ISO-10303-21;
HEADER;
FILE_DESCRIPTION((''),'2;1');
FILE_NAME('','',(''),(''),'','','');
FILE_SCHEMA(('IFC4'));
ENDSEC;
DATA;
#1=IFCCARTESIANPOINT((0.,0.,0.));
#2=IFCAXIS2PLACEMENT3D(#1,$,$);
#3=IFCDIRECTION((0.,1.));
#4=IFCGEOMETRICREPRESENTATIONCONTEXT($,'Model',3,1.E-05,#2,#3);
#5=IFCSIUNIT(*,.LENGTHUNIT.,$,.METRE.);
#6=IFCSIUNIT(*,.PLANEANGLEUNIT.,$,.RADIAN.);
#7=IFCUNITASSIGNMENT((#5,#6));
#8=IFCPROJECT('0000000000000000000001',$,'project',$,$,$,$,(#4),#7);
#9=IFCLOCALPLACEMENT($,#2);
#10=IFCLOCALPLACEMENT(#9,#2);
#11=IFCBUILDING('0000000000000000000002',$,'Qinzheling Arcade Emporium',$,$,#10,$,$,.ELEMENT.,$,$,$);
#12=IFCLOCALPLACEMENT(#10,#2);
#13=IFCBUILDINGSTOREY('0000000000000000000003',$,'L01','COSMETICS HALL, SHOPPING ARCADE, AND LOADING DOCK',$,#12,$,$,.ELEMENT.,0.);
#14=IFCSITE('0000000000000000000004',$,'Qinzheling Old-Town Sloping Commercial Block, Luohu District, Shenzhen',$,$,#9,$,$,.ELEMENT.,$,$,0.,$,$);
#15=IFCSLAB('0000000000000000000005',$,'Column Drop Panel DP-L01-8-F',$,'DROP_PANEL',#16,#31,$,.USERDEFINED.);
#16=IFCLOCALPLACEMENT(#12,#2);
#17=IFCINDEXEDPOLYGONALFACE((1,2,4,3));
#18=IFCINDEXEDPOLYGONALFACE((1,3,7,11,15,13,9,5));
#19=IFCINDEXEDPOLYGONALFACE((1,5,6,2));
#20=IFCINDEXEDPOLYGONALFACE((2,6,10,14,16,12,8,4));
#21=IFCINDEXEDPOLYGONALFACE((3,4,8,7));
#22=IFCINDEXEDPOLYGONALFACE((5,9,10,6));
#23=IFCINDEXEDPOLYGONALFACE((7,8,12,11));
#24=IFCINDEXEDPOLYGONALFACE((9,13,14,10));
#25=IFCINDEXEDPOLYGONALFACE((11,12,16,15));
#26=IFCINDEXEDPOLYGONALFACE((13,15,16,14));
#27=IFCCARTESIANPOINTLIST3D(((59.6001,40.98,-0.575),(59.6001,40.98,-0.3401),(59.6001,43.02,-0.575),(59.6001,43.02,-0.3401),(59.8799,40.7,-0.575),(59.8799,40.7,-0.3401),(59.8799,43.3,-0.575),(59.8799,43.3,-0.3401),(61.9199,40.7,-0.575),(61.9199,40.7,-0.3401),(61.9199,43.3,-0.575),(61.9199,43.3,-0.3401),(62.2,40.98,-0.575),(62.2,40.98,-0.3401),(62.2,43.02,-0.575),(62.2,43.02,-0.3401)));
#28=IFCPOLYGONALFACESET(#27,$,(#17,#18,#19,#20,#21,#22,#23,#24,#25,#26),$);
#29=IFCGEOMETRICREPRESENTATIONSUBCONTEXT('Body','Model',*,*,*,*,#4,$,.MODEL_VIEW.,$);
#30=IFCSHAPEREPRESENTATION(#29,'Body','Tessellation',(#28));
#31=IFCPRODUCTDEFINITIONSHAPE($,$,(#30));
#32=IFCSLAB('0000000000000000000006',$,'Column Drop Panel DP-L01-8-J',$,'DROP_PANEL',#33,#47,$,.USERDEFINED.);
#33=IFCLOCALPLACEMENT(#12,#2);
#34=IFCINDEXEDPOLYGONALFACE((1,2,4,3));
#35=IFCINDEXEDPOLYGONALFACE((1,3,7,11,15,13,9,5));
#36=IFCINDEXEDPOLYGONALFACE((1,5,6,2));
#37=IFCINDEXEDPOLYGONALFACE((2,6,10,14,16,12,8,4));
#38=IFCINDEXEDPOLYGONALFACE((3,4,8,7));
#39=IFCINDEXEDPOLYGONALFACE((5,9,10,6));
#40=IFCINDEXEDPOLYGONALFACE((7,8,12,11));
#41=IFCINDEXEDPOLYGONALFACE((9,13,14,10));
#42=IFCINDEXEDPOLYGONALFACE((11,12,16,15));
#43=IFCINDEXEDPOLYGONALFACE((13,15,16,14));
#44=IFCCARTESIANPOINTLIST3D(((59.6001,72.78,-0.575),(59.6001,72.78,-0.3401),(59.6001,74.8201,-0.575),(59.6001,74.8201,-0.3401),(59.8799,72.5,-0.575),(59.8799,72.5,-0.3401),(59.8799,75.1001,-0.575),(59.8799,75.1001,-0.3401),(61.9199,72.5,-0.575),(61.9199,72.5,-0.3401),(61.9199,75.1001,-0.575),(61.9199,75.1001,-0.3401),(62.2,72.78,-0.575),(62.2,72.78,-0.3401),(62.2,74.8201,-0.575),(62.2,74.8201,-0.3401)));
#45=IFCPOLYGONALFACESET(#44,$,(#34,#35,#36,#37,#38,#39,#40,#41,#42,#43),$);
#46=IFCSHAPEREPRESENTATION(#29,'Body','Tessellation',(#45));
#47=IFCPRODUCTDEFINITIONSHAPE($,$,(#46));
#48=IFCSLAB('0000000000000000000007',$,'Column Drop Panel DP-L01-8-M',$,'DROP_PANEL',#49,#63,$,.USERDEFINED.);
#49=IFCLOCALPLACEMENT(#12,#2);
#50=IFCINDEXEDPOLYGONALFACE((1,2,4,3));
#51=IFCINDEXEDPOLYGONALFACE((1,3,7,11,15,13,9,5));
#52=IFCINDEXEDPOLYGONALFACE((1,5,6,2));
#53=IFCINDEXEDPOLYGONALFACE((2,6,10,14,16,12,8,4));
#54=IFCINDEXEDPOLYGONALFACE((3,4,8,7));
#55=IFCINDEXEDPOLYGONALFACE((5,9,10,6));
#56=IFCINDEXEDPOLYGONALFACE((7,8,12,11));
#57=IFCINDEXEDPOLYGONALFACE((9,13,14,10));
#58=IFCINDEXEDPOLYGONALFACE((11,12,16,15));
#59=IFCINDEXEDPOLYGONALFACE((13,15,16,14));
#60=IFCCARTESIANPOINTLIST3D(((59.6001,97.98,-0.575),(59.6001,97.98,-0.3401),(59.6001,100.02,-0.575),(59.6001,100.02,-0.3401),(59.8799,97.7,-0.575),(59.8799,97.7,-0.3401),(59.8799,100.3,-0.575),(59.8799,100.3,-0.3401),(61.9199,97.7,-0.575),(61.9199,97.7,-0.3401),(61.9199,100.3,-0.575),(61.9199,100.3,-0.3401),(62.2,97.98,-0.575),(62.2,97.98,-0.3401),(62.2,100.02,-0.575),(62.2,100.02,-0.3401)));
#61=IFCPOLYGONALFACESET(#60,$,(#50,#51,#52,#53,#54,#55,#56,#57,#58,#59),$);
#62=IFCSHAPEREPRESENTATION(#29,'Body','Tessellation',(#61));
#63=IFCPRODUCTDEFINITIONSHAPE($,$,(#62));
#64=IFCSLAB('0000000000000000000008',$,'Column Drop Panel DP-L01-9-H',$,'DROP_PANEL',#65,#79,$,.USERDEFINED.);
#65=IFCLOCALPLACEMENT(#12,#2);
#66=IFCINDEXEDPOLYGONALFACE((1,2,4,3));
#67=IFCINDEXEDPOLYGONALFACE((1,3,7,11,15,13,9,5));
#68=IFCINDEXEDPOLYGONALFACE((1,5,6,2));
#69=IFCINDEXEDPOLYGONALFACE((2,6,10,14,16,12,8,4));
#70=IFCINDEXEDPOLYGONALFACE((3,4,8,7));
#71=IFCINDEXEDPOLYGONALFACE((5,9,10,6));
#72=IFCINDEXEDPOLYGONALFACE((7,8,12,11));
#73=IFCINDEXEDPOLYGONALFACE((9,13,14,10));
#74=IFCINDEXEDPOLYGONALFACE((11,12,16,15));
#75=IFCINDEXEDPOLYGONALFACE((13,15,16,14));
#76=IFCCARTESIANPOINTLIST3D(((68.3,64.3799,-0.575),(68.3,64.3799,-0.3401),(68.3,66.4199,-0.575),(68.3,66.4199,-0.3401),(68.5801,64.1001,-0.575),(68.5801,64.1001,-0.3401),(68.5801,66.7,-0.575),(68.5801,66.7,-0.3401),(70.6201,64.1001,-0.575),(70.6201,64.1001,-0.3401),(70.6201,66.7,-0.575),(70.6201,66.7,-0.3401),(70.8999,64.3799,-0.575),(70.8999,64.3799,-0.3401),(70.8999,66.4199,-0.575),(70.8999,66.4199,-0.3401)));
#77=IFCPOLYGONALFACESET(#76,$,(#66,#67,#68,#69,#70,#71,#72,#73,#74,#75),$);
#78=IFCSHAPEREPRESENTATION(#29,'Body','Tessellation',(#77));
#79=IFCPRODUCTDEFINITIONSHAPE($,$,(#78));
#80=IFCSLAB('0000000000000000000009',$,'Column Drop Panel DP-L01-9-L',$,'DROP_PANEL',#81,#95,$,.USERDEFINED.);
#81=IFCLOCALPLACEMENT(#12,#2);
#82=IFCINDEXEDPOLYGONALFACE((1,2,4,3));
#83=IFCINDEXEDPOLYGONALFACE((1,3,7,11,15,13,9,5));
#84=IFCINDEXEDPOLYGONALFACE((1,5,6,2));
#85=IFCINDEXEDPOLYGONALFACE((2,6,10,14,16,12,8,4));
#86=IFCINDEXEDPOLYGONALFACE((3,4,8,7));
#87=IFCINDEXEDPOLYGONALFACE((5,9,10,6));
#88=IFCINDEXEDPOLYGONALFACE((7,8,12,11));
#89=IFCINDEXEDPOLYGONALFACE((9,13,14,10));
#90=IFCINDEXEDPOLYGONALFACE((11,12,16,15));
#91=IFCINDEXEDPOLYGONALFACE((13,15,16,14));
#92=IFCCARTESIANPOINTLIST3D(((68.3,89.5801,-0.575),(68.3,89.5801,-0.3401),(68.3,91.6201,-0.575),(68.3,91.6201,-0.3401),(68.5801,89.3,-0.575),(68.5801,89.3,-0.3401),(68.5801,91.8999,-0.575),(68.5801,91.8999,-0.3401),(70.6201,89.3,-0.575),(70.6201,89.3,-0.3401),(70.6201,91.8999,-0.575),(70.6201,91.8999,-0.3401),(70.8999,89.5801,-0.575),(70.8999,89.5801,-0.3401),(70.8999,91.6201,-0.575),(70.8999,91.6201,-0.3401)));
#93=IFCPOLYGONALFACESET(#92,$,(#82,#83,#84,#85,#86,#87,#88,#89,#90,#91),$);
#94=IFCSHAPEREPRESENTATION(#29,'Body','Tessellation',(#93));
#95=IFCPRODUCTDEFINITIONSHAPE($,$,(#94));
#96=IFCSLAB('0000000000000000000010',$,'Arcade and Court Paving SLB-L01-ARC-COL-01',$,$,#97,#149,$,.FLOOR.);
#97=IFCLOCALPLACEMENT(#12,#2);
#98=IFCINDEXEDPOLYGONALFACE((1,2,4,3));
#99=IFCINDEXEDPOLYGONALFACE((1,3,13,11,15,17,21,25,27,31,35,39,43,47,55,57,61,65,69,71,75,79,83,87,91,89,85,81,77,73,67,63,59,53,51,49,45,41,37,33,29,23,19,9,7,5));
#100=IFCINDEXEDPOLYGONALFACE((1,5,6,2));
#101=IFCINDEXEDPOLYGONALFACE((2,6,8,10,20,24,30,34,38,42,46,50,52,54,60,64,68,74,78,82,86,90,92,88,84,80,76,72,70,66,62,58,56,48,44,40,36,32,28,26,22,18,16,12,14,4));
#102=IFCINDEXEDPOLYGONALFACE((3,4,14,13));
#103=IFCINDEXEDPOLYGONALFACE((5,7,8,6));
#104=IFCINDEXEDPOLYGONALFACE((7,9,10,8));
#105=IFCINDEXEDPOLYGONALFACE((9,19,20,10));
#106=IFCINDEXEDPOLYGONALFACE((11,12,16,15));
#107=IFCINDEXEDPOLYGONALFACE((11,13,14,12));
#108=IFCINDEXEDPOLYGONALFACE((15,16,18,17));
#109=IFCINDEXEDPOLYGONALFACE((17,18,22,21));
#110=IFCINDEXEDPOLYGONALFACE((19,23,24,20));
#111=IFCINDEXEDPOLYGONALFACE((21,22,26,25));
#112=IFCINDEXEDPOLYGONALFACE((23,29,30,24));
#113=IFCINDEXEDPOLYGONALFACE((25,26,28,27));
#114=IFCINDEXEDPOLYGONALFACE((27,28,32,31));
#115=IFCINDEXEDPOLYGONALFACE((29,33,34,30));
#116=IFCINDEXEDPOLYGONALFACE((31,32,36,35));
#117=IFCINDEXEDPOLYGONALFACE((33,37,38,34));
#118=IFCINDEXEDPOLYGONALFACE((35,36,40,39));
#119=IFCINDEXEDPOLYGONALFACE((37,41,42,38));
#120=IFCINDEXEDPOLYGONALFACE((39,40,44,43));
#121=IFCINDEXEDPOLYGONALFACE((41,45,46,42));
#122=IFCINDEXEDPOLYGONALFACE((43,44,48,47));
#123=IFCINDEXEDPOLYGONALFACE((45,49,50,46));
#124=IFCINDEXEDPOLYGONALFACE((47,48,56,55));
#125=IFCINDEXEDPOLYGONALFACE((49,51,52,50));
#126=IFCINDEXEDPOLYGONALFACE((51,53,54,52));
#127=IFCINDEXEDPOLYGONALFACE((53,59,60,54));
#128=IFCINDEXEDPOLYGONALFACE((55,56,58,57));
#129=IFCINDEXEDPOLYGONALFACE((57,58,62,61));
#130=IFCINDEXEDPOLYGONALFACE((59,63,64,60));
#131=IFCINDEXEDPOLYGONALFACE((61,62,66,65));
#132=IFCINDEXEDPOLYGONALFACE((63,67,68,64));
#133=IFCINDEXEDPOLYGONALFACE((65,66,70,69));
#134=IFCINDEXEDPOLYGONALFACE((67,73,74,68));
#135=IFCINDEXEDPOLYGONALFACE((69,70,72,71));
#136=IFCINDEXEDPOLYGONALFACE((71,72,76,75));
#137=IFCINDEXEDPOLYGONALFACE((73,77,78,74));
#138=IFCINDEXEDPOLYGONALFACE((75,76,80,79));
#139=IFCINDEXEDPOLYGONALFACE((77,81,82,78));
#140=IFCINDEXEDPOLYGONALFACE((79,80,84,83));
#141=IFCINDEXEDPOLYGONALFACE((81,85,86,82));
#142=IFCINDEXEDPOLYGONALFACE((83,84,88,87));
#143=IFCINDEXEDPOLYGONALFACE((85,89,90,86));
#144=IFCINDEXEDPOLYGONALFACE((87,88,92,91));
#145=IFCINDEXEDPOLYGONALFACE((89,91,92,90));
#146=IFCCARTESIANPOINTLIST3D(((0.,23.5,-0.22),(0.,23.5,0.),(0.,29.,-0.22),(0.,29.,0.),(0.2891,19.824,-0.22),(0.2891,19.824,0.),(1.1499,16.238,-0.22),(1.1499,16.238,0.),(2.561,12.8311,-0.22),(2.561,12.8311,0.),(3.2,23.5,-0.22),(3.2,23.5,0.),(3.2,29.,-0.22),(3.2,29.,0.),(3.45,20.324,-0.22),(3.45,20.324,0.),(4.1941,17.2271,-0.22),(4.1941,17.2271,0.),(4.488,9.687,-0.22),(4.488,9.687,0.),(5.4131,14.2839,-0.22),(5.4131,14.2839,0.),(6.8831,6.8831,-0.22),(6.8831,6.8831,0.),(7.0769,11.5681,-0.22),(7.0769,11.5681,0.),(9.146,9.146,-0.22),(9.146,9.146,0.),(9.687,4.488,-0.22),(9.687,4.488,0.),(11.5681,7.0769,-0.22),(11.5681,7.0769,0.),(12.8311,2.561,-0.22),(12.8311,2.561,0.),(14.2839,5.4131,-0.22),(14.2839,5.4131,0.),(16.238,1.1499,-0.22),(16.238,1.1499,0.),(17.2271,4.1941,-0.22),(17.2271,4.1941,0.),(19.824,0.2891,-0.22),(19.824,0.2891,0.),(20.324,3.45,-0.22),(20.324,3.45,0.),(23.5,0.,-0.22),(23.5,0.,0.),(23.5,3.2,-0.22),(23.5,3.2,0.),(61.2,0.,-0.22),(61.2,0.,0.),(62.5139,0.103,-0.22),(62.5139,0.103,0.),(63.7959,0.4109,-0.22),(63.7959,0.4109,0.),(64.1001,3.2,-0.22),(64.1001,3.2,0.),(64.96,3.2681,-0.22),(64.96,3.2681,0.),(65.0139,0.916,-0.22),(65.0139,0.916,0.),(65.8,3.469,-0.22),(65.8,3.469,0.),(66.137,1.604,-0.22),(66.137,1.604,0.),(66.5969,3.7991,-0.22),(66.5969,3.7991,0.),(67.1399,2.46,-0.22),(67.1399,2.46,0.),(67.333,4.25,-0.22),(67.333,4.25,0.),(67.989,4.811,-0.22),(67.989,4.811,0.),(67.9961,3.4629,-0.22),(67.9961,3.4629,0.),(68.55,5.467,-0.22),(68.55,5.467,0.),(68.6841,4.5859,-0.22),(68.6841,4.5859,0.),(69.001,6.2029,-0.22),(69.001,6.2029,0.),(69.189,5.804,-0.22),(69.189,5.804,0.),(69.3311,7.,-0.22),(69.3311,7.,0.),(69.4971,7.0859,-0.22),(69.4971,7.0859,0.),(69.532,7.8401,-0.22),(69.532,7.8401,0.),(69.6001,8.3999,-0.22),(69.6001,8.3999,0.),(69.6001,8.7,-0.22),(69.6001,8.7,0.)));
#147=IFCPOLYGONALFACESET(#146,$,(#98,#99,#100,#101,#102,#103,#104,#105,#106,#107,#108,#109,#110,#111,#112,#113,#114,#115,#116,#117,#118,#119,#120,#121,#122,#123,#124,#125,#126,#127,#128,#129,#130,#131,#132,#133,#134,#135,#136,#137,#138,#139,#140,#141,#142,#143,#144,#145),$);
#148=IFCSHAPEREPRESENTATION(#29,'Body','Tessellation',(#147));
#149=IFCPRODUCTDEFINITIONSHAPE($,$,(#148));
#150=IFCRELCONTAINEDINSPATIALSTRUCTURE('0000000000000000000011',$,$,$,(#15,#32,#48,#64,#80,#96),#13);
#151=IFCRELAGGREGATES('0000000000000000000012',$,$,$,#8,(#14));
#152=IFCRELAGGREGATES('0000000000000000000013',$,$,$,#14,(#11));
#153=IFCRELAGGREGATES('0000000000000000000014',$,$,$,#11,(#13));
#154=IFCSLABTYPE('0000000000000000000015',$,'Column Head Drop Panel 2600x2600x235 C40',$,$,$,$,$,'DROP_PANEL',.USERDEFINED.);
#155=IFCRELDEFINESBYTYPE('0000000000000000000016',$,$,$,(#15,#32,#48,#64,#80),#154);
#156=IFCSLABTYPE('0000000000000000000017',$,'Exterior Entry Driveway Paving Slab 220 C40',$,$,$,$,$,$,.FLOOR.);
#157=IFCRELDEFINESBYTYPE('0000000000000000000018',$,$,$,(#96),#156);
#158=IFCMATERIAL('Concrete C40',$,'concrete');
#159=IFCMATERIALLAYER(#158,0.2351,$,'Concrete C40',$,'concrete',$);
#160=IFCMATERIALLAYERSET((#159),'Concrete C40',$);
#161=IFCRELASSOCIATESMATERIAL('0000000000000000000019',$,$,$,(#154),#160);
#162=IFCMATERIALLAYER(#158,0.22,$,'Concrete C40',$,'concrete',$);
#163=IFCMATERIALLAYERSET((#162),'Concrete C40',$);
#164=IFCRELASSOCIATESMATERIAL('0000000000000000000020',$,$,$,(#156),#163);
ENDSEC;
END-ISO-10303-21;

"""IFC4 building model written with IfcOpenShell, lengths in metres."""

from ifc_helpers import new_model, si_unit, direction, frame, origin, place, context, subcontext, project, spatial, polyline, outline, extrude, material, layer, layer_set, type_object, element, save


model = new_model("IFC4")

# Units and contexts
model_context = context("Model", 3, precision=1e-05, world=origin(), true_north=direction((0.0, 1.0)))
body_context = subcontext(model_context, "Body", "Model", "MODEL_VIEW")
ifc_project = project(units=[si_unit("LENGTHUNIT", "METRE"), si_unit("PLANEANGLEUNIT", "RADIAN")], contexts=[model_context])

# Site, building, storey
site_placement = place(None, origin())
site = spatial("IfcSite", under=ifc_project, at=site_placement, Name="Qinzheling Old-Town Sloping Commercial Block, Luohu District, Shenzhen", CompositionType="ELEMENT", RefElevation=0.0)
building_placement = place(site_placement, origin())
building = spatial("IfcBuilding", under=site, at=building_placement, Name="Qinzheling Arcade Emporium", CompositionType="ELEMENT")
storey_placement = place(building_placement, origin())
storey = spatial("IfcBuildingStorey", under=building, at=storey_placement, Name="L01", Description="COSMETICS HALL, SHOPPING ARCADE, AND LOADING DOCK", CompositionType="ELEMENT", Elevation=0.0)

# Slabs
ifc_material = material(Name="Concrete C40", Category="concrete")
ifc_layer_1 = layer(ifc_material, 0.2351, Name="Concrete C40", Category="concrete")
ifc_layer_set_1 = layer_set([ifc_layer_1], Name="Concrete C40")
slab_type_1 = type_object("IfcSlabType", Name="Column Head Drop Panel 2600x2600x235 C40", ElementType="DROP_PANEL", PredefinedType="USERDEFINED", material=ifc_layer_set_1)
slab_1_placement = place(storey_placement, frame((0.0, 0.0, -0.575)))
element("IfcSlab", 1, at=slab_1_placement, inside=storey, type_object=slab_type_1, Name="Column Drop Panel DP-L01-8-F", ObjectType="DROP_PANEL", PredefinedType="USERDEFINED", context=body_context, shape_type="SweptSolid", body=[
    extrude(outline(polyline([(59.8799, 40.7), (61.9199, 40.7), (62.2, 40.98), (62.2, 43.02), (61.9199, 43.3), (59.8799, 43.3), (59.6001, 43.02), (59.6001, 40.98), (59.8799, 40.7)])), origin(), (0.0, 0.0, 1.0), 0.2349),
])
slab_2_placement = place(storey_placement, frame((0.0, 0.0, -0.575)))
element("IfcSlab", 2, at=slab_2_placement, inside=storey, type_object=slab_type_1, Name="Column Drop Panel DP-L01-8-J", ObjectType="DROP_PANEL", PredefinedType="USERDEFINED", context=body_context, shape_type="SweptSolid", body=[
    extrude(outline(polyline([(59.8799, 72.5), (61.9199, 72.5), (62.2, 72.78), (62.2, 74.8201), (61.9199, 75.1001), (59.8799, 75.1001), (59.6001, 74.8201), (59.6001, 72.78), (59.8799, 72.5)])), origin(), (0.0, 0.0, 1.0), 0.2349),
])
slab_3_placement = place(storey_placement, frame((0.0, 0.0, -0.575)))
element("IfcSlab", 3, at=slab_3_placement, inside=storey, type_object=slab_type_1, Name="Column Drop Panel DP-L01-8-M", ObjectType="DROP_PANEL", PredefinedType="USERDEFINED", context=body_context, shape_type="SweptSolid", body=[
    extrude(outline(polyline([(59.8799, 97.7), (61.9199, 97.7), (62.2, 97.98), (62.2, 100.02), (61.9199, 100.3), (59.8799, 100.3), (59.6001, 100.02), (59.6001, 97.98), (59.8799, 97.7)])), origin(), (0.0, 0.0, 1.0), 0.2349),
])
slab_4_placement = place(storey_placement, frame((0.0, 0.0, -0.575)))
element("IfcSlab", 4, at=slab_4_placement, inside=storey, type_object=slab_type_1, Name="Column Drop Panel DP-L01-9-H", ObjectType="DROP_PANEL", PredefinedType="USERDEFINED", context=body_context, shape_type="SweptSolid", body=[
    extrude(outline(polyline([(68.5801, 64.1001), (70.6201, 64.1001), (70.8999, 64.3799), (70.8999, 66.4199), (70.6201, 66.7), (68.5801, 66.7), (68.3, 66.4199), (68.3, 64.3799), (68.5801, 64.1001)])), origin(), (0.0, 0.0, 1.0), 0.2349),
])
slab_5_placement = place(storey_placement, frame((0.0, 0.0, -0.575)))
element("IfcSlab", 5, at=slab_5_placement, inside=storey, type_object=slab_type_1, Name="Column Drop Panel DP-L01-9-L", ObjectType="DROP_PANEL", PredefinedType="USERDEFINED", context=body_context, shape_type="SweptSolid", body=[
    extrude(outline(polyline([(68.5801, 89.3), (70.6201, 89.3), (70.8999, 89.5801), (70.8999, 91.6201), (70.6201, 91.8999), (68.5801, 91.8999), (68.3, 91.6201), (68.3, 89.5801), (68.5801, 89.3)])), origin(), (0.0, 0.0, 1.0), 0.2349),
])
ifc_layer_2 = layer(ifc_material, 0.22, Name="Concrete C40", Category="concrete")
ifc_layer_set_2 = layer_set([ifc_layer_2], Name="Concrete C40")
slab_type_2 = type_object("IfcSlabType", Name="Exterior Entry Driveway Paving Slab 220 C40", PredefinedType="FLOOR", material=ifc_layer_set_2)
slab_6_placement = place(storey_placement, frame((0.0, 0.0, -0.22)))
element("IfcSlab", 6, at=slab_6_placement, inside=storey, type_object=slab_type_2, Name="Arcade and Court Paving SLB-L01-ARC-COL-01", PredefinedType="FLOOR", context=body_context, shape_type="SweptSolid", body=[
    extrude(outline(polyline([(69.532, 7.8401), (69.3311, 7.0), (69.001, 6.2029), (68.55, 5.467), (67.989, 4.811), (67.333, 4.25), (66.5969, 3.7991), (65.8, 3.469), (64.96, 3.2681), (64.1001, 3.2), (23.5, 3.2), (20.324, 3.45), (17.2271, 4.1941), (14.2839, 5.4131), (11.5681, 7.0769), (9.146, 9.146), (7.0769, 11.5681), (5.4131, 14.2839), (4.1941, 17.2271), (3.45, 20.324), (3.2, 23.5), (3.2, 29.0), (0.0, 29.0), (0.0, 23.5), (0.2891, 19.824), (1.1499, 16.238), (2.561, 12.8311), (4.488, 9.687), (6.8831, 6.8831), (9.687, 4.488), (12.8311, 2.561), (16.238, 1.1499), (19.824, 0.2891), (23.5, 0.0), (61.2, 0.0), (62.5139, 0.103), (63.7959, 0.4109), (65.0139, 0.916), (66.137, 1.604), (67.1399, 2.46), (67.9961, 3.4629), (68.6841, 4.5859), (69.189, 5.804), (69.4971, 7.0859), (69.6001, 8.3999), (69.6001, 8.7), (69.532, 7.8401)])), origin(), (0.0, 0.0, 1.0), 0.22),
])

save(model, "model.ifc")
